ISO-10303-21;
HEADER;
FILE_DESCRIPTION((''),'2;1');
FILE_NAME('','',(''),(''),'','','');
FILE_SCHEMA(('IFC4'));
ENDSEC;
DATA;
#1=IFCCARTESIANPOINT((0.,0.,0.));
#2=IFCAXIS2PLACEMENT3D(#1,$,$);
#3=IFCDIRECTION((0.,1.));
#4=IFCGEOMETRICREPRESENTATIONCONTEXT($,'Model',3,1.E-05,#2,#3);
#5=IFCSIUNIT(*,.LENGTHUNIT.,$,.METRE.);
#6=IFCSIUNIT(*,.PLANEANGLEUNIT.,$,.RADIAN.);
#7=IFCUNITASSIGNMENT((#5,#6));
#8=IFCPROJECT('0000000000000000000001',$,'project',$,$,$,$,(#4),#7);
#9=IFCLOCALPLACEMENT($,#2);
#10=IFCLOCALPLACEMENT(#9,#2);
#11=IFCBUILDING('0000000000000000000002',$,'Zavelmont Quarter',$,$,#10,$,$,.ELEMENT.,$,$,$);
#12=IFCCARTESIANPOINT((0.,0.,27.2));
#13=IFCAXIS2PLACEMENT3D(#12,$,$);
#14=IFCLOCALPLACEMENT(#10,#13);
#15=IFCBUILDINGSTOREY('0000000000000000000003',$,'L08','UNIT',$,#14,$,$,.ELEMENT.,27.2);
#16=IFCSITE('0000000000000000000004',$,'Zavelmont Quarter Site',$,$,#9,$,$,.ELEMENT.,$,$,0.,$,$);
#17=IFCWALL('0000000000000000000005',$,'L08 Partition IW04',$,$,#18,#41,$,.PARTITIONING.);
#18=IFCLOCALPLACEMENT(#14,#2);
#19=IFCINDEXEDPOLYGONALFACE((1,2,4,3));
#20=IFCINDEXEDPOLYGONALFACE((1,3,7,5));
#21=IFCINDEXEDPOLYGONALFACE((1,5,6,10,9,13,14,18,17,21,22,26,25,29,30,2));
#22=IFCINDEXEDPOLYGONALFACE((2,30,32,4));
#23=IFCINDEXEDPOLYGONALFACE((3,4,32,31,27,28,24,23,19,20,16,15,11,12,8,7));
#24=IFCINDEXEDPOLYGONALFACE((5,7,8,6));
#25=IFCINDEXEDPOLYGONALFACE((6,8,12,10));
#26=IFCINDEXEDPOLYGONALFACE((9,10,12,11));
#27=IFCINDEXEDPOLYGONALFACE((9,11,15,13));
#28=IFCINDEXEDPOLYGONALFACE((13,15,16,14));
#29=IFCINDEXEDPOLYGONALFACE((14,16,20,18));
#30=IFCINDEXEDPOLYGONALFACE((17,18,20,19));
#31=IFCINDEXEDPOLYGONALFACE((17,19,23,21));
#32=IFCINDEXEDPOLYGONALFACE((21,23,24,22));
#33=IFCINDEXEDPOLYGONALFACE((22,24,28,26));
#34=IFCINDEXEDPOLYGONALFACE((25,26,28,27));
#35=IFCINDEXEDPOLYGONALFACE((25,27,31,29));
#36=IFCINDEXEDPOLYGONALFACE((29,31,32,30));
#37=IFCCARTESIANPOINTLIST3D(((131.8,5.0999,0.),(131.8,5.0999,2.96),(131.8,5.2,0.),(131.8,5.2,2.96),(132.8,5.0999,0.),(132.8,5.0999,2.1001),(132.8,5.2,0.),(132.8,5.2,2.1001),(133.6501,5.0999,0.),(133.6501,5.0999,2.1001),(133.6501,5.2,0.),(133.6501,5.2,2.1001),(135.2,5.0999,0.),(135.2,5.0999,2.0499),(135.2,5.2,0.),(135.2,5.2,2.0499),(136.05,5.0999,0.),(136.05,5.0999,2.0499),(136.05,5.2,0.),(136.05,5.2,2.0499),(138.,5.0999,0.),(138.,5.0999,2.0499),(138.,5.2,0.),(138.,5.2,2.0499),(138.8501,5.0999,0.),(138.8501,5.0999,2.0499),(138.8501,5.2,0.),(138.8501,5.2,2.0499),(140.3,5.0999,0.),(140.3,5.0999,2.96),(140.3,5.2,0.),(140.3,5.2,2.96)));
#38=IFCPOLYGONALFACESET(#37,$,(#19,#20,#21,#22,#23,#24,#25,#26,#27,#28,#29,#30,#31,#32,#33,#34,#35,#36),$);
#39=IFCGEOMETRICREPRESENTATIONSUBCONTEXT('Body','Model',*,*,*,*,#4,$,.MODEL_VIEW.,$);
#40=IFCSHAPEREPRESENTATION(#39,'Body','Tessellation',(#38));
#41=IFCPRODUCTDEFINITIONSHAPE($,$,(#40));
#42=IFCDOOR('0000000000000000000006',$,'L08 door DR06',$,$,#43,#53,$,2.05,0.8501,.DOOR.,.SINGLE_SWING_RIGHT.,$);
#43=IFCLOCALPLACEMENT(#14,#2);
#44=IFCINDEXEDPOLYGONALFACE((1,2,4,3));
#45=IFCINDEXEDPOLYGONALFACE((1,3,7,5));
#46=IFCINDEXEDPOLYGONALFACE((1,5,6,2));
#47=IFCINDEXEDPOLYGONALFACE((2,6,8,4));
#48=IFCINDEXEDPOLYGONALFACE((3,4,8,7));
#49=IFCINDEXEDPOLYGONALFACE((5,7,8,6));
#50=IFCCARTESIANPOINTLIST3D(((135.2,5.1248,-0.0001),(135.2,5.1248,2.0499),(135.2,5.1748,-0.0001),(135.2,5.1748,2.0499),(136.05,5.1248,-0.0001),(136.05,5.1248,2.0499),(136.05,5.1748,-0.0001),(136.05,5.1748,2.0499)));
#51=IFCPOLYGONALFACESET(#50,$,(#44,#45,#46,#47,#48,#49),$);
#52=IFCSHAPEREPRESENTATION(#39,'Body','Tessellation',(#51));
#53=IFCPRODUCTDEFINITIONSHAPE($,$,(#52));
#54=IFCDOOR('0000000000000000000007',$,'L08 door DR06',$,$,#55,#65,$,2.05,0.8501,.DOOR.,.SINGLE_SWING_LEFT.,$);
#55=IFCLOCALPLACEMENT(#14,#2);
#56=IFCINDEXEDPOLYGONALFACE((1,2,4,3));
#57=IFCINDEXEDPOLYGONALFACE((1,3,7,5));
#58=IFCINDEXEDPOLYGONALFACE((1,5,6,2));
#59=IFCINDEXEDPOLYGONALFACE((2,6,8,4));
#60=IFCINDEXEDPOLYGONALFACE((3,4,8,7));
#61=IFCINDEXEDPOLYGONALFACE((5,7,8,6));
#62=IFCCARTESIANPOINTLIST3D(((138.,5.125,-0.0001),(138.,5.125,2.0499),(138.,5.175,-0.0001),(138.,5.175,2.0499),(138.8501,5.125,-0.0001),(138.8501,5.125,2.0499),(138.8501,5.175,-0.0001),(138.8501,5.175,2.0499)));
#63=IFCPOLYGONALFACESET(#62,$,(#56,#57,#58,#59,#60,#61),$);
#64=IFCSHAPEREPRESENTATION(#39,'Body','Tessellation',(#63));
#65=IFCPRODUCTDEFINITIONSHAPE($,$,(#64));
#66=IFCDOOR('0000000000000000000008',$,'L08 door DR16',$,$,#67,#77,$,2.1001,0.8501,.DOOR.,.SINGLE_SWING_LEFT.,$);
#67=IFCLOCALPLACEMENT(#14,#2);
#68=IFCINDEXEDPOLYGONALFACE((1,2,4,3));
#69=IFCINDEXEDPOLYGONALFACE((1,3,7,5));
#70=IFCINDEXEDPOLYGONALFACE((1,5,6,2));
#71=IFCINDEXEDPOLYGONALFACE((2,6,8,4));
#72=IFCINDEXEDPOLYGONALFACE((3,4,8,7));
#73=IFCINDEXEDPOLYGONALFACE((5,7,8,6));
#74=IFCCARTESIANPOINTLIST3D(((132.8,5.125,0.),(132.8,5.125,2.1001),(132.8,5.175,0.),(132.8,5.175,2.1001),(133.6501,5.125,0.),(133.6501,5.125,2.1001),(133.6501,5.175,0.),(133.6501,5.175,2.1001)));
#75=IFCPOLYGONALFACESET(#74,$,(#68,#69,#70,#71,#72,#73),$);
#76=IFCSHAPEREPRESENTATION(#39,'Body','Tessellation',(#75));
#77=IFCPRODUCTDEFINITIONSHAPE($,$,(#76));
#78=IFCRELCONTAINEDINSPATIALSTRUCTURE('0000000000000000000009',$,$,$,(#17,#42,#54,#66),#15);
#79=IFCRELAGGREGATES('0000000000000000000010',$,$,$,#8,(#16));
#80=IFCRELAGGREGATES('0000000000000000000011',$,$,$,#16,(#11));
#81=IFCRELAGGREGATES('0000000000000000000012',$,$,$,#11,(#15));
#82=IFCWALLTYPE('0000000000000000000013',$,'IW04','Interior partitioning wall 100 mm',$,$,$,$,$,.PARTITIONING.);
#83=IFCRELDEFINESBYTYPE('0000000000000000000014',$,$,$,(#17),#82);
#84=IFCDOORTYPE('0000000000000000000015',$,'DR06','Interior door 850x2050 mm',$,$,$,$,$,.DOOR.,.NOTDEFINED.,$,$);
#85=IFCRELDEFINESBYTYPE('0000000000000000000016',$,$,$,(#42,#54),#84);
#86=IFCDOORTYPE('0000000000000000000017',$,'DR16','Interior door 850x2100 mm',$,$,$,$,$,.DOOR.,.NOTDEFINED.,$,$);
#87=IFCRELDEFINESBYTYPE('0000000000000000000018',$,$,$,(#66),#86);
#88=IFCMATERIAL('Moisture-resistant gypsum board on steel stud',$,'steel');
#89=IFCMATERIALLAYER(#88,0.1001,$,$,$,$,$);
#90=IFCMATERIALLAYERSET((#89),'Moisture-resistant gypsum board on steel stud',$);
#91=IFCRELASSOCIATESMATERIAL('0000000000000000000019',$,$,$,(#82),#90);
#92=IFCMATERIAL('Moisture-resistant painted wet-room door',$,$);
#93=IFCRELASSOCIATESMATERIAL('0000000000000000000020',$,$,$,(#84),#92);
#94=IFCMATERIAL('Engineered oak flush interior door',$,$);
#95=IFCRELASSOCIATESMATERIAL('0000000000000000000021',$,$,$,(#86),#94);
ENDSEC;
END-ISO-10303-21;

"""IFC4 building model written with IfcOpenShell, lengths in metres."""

from ifc_helpers import new_model, si_unit, direction, frame, frame_2d, origin, origin_with_axes, place, context, subcontext, project, spatial, rectangle, extrude, material, layer, layer_set, type_object, element, fill, save


model = new_model("IFC4")

# Units and contexts
model_context = context("Model", 3, precision=1e-05, world=origin(), true_north=direction((0.0, 1.0)))
body_context = subcontext(model_context, "Body", "Model", "MODEL_VIEW")
ifc_project = project(units=[si_unit("LENGTHUNIT", "METRE"), si_unit("PLANEANGLEUNIT", "RADIAN")], contexts=[model_context])

# Site, building, storey
site_placement = place(None, origin())
site = spatial("IfcSite", under=ifc_project, at=site_placement, Name="Zavelmont Quarter Site", CompositionType="ELEMENT", RefElevation=0.0)
building_placement = place(site_placement, origin())
building = spatial("IfcBuilding", under=site, at=building_placement, Name="Zavelmont Quarter", CompositionType="ELEMENT")
storey_placement = place(building_placement, frame((0.0, 0.0, 27.2)))
storey = spatial("IfcBuildingStorey", under=building, at=storey_placement, Name="L08", Description="UNIT", CompositionType="ELEMENT", Elevation=27.2)

# Shared definitions
ifc_material_1 = material(Name="Engineered oak flush interior door")

# Shared definitions
ifc_material_2 = material(Name="Moisture-resistant gypsum board on steel stud", Category="steel")
ifc_layer_1 = layer(ifc_material_2, 0.1001)
ifc_layer_set_1 = layer_set([ifc_layer_1], Name="Moisture-resistant gypsum board on steel stud")
wall_type_1 = type_object("IfcWallType", Name="IW04", Description="Interior partitioning wall 100 mm", PredefinedType="PARTITIONING", material=ifc_layer_set_1)

# Wall, openings, doors
wall_1_placement = place(storey_placement, frame((131.8, 5.1499, 0.0), z_axis=(0.0, 0.0, 1.0), x_axis=(1.0, 0.0, 0.0)))
wall_1 = element("IfcWall", 1, at=wall_1_placement, inside=storey, type_object=wall_type_1, Name="L08 Partition IW04", PredefinedType="PARTITIONING", context=body_context, shape_type="SweptSolid", body=[
    extrude(rectangle(XDim=8.5, YDim=0.1001, at=frame_2d((4.25, 0.0))), origin(), (0.0, 0.0, 1.0), 2.96),
])
opening_1_placement = place(wall_1_placement, frame((1.0, 0.0, 0.0)))
opening_1 = element("IfcOpeningElement", 2, at=opening_1_placement, cuts=wall_1, PredefinedType="OPENING", context=body_context, shape_type="SweptSolid", body=[
    extrude(rectangle(XDim=0.8501, YDim=2.1001, at=frame_2d((0.425, 1.05))), frame((0.0, 0.062, 0.0), z_axis=(0.0, -1.0, 0.0), x_axis=(1.0, 0.0, 0.0)), (0.0, 0.0, 1.0), 0.124),
])
opening_2_placement = place(wall_1_placement, frame((3.3999, 0.0, 0.0)))
opening_2 = element("IfcOpeningElement", 3, at=opening_2_placement, cuts=wall_1, PredefinedType="OPENING", context=body_context, shape_type="SweptSolid", body=[
    extrude(rectangle(XDim=0.8501, YDim=2.05, at=frame_2d((0.425, 1.0249))), frame((0.0, 0.062, 0.0), z_axis=(0.0, -1.0, 0.0), x_axis=(1.0, 0.0, 0.0)), (0.0, 0.0, 1.0), 0.124),
])
opening_3_placement = place(wall_1_placement, frame((6.2, 0.0, 0.0)))
opening_3 = element("IfcOpeningElement", 4, at=opening_3_placement, cuts=wall_1, PredefinedType="OPENING", context=body_context, shape_type="SweptSolid", body=[
    extrude(rectangle(XDim=0.8501, YDim=2.05, at=frame_2d((0.425, 1.0249))), frame((0.0, 0.062, 0.0), z_axis=(0.0, -1.0, 0.0), x_axis=(1.0, 0.0, 0.0)), (0.0, 0.0, 1.0), 0.124),
])
ifc_material_3 = material(Name="Moisture-resistant painted wet-room door")
door_type_1 = type_object("IfcDoorType", Name="DR06", Description="Interior door 850x2050 mm", OperationType="NOTDEFINED", PredefinedType="DOOR", material=ifc_material_3)
door_1_placement = place(opening_2_placement, origin_with_axes())
door_1 = element("IfcDoor", 5, at=door_1_placement, inside=storey, type_object=door_type_1, Name="L08 door DR06", OperationType="SINGLE_SWING_RIGHT", OverallHeight=2.05, OverallWidth=0.8501, PredefinedType="DOOR", context=body_context, shape_type="SweptSolid", body=[
    extrude(rectangle(XDim=0.8501, YDim=2.05, at=frame_2d((0.425, 1.0249))), frame((0.0, 0.0249, 0.0), z_axis=(0.0, -1.0, 0.0), x_axis=(1.0, 0.0, 0.0)), (0.0, 0.0, 1.0), 0.05),
])
fill(opening_2, door_1)
door_2_placement = place(opening_3_placement, frame((0.8501, 0.0, 0.0), z_axis=(0.0, 0.0, 1.0), x_axis=(-1.0, 0.0, 0.0)))
door_2 = element("IfcDoor", 6, at=door_2_placement, inside=storey, type_object=door_type_1, Name="L08 door DR06", OperationType="SINGLE_SWING_LEFT", OverallHeight=2.05, OverallWidth=0.8501, PredefinedType="DOOR", context=body_context, shape_type="SweptSolid", body=[
    extrude(rectangle(XDim=0.8501, YDim=2.05, at=frame_2d((0.425, 1.0249))), frame((0.0, 0.0249, 0.0), z_axis=(0.0, -1.0, 0.0), x_axis=(1.0, 0.0, 0.0)), (0.0, 0.0, 1.0), 0.05),
])
fill(opening_3, door_2)
door_type_2 = type_object("IfcDoorType", Name="DR16", Description="Interior door 850x2100 mm", OperationType="NOTDEFINED", PredefinedType="DOOR", material=ifc_material_1)
door_3_placement = place(opening_1_placement, frame((0.8501, 0.0, 0.0), z_axis=(0.0, 0.0, 1.0), x_axis=(-1.0, 0.0, 0.0)))
door_3 = element("IfcDoor", 7, at=door_3_placement, inside=storey, type_object=door_type_2, Name="L08 door DR16", OperationType="SINGLE_SWING_LEFT", OverallHeight=2.1001, OverallWidth=0.8501, PredefinedType="DOOR", context=body_context, shape_type="SweptSolid", body=[
    extrude(rectangle(XDim=0.8501, YDim=2.1001, at=frame_2d((0.425, 1.05))), frame((0.0, 0.0249, 0.0), z_axis=(0.0, -1.0, 0.0), x_axis=(1.0, 0.0, 0.0)), (0.0, 0.0, 1.0), 0.05),
])
fill(opening_1, door_3)

save(model, "model.ifc")
